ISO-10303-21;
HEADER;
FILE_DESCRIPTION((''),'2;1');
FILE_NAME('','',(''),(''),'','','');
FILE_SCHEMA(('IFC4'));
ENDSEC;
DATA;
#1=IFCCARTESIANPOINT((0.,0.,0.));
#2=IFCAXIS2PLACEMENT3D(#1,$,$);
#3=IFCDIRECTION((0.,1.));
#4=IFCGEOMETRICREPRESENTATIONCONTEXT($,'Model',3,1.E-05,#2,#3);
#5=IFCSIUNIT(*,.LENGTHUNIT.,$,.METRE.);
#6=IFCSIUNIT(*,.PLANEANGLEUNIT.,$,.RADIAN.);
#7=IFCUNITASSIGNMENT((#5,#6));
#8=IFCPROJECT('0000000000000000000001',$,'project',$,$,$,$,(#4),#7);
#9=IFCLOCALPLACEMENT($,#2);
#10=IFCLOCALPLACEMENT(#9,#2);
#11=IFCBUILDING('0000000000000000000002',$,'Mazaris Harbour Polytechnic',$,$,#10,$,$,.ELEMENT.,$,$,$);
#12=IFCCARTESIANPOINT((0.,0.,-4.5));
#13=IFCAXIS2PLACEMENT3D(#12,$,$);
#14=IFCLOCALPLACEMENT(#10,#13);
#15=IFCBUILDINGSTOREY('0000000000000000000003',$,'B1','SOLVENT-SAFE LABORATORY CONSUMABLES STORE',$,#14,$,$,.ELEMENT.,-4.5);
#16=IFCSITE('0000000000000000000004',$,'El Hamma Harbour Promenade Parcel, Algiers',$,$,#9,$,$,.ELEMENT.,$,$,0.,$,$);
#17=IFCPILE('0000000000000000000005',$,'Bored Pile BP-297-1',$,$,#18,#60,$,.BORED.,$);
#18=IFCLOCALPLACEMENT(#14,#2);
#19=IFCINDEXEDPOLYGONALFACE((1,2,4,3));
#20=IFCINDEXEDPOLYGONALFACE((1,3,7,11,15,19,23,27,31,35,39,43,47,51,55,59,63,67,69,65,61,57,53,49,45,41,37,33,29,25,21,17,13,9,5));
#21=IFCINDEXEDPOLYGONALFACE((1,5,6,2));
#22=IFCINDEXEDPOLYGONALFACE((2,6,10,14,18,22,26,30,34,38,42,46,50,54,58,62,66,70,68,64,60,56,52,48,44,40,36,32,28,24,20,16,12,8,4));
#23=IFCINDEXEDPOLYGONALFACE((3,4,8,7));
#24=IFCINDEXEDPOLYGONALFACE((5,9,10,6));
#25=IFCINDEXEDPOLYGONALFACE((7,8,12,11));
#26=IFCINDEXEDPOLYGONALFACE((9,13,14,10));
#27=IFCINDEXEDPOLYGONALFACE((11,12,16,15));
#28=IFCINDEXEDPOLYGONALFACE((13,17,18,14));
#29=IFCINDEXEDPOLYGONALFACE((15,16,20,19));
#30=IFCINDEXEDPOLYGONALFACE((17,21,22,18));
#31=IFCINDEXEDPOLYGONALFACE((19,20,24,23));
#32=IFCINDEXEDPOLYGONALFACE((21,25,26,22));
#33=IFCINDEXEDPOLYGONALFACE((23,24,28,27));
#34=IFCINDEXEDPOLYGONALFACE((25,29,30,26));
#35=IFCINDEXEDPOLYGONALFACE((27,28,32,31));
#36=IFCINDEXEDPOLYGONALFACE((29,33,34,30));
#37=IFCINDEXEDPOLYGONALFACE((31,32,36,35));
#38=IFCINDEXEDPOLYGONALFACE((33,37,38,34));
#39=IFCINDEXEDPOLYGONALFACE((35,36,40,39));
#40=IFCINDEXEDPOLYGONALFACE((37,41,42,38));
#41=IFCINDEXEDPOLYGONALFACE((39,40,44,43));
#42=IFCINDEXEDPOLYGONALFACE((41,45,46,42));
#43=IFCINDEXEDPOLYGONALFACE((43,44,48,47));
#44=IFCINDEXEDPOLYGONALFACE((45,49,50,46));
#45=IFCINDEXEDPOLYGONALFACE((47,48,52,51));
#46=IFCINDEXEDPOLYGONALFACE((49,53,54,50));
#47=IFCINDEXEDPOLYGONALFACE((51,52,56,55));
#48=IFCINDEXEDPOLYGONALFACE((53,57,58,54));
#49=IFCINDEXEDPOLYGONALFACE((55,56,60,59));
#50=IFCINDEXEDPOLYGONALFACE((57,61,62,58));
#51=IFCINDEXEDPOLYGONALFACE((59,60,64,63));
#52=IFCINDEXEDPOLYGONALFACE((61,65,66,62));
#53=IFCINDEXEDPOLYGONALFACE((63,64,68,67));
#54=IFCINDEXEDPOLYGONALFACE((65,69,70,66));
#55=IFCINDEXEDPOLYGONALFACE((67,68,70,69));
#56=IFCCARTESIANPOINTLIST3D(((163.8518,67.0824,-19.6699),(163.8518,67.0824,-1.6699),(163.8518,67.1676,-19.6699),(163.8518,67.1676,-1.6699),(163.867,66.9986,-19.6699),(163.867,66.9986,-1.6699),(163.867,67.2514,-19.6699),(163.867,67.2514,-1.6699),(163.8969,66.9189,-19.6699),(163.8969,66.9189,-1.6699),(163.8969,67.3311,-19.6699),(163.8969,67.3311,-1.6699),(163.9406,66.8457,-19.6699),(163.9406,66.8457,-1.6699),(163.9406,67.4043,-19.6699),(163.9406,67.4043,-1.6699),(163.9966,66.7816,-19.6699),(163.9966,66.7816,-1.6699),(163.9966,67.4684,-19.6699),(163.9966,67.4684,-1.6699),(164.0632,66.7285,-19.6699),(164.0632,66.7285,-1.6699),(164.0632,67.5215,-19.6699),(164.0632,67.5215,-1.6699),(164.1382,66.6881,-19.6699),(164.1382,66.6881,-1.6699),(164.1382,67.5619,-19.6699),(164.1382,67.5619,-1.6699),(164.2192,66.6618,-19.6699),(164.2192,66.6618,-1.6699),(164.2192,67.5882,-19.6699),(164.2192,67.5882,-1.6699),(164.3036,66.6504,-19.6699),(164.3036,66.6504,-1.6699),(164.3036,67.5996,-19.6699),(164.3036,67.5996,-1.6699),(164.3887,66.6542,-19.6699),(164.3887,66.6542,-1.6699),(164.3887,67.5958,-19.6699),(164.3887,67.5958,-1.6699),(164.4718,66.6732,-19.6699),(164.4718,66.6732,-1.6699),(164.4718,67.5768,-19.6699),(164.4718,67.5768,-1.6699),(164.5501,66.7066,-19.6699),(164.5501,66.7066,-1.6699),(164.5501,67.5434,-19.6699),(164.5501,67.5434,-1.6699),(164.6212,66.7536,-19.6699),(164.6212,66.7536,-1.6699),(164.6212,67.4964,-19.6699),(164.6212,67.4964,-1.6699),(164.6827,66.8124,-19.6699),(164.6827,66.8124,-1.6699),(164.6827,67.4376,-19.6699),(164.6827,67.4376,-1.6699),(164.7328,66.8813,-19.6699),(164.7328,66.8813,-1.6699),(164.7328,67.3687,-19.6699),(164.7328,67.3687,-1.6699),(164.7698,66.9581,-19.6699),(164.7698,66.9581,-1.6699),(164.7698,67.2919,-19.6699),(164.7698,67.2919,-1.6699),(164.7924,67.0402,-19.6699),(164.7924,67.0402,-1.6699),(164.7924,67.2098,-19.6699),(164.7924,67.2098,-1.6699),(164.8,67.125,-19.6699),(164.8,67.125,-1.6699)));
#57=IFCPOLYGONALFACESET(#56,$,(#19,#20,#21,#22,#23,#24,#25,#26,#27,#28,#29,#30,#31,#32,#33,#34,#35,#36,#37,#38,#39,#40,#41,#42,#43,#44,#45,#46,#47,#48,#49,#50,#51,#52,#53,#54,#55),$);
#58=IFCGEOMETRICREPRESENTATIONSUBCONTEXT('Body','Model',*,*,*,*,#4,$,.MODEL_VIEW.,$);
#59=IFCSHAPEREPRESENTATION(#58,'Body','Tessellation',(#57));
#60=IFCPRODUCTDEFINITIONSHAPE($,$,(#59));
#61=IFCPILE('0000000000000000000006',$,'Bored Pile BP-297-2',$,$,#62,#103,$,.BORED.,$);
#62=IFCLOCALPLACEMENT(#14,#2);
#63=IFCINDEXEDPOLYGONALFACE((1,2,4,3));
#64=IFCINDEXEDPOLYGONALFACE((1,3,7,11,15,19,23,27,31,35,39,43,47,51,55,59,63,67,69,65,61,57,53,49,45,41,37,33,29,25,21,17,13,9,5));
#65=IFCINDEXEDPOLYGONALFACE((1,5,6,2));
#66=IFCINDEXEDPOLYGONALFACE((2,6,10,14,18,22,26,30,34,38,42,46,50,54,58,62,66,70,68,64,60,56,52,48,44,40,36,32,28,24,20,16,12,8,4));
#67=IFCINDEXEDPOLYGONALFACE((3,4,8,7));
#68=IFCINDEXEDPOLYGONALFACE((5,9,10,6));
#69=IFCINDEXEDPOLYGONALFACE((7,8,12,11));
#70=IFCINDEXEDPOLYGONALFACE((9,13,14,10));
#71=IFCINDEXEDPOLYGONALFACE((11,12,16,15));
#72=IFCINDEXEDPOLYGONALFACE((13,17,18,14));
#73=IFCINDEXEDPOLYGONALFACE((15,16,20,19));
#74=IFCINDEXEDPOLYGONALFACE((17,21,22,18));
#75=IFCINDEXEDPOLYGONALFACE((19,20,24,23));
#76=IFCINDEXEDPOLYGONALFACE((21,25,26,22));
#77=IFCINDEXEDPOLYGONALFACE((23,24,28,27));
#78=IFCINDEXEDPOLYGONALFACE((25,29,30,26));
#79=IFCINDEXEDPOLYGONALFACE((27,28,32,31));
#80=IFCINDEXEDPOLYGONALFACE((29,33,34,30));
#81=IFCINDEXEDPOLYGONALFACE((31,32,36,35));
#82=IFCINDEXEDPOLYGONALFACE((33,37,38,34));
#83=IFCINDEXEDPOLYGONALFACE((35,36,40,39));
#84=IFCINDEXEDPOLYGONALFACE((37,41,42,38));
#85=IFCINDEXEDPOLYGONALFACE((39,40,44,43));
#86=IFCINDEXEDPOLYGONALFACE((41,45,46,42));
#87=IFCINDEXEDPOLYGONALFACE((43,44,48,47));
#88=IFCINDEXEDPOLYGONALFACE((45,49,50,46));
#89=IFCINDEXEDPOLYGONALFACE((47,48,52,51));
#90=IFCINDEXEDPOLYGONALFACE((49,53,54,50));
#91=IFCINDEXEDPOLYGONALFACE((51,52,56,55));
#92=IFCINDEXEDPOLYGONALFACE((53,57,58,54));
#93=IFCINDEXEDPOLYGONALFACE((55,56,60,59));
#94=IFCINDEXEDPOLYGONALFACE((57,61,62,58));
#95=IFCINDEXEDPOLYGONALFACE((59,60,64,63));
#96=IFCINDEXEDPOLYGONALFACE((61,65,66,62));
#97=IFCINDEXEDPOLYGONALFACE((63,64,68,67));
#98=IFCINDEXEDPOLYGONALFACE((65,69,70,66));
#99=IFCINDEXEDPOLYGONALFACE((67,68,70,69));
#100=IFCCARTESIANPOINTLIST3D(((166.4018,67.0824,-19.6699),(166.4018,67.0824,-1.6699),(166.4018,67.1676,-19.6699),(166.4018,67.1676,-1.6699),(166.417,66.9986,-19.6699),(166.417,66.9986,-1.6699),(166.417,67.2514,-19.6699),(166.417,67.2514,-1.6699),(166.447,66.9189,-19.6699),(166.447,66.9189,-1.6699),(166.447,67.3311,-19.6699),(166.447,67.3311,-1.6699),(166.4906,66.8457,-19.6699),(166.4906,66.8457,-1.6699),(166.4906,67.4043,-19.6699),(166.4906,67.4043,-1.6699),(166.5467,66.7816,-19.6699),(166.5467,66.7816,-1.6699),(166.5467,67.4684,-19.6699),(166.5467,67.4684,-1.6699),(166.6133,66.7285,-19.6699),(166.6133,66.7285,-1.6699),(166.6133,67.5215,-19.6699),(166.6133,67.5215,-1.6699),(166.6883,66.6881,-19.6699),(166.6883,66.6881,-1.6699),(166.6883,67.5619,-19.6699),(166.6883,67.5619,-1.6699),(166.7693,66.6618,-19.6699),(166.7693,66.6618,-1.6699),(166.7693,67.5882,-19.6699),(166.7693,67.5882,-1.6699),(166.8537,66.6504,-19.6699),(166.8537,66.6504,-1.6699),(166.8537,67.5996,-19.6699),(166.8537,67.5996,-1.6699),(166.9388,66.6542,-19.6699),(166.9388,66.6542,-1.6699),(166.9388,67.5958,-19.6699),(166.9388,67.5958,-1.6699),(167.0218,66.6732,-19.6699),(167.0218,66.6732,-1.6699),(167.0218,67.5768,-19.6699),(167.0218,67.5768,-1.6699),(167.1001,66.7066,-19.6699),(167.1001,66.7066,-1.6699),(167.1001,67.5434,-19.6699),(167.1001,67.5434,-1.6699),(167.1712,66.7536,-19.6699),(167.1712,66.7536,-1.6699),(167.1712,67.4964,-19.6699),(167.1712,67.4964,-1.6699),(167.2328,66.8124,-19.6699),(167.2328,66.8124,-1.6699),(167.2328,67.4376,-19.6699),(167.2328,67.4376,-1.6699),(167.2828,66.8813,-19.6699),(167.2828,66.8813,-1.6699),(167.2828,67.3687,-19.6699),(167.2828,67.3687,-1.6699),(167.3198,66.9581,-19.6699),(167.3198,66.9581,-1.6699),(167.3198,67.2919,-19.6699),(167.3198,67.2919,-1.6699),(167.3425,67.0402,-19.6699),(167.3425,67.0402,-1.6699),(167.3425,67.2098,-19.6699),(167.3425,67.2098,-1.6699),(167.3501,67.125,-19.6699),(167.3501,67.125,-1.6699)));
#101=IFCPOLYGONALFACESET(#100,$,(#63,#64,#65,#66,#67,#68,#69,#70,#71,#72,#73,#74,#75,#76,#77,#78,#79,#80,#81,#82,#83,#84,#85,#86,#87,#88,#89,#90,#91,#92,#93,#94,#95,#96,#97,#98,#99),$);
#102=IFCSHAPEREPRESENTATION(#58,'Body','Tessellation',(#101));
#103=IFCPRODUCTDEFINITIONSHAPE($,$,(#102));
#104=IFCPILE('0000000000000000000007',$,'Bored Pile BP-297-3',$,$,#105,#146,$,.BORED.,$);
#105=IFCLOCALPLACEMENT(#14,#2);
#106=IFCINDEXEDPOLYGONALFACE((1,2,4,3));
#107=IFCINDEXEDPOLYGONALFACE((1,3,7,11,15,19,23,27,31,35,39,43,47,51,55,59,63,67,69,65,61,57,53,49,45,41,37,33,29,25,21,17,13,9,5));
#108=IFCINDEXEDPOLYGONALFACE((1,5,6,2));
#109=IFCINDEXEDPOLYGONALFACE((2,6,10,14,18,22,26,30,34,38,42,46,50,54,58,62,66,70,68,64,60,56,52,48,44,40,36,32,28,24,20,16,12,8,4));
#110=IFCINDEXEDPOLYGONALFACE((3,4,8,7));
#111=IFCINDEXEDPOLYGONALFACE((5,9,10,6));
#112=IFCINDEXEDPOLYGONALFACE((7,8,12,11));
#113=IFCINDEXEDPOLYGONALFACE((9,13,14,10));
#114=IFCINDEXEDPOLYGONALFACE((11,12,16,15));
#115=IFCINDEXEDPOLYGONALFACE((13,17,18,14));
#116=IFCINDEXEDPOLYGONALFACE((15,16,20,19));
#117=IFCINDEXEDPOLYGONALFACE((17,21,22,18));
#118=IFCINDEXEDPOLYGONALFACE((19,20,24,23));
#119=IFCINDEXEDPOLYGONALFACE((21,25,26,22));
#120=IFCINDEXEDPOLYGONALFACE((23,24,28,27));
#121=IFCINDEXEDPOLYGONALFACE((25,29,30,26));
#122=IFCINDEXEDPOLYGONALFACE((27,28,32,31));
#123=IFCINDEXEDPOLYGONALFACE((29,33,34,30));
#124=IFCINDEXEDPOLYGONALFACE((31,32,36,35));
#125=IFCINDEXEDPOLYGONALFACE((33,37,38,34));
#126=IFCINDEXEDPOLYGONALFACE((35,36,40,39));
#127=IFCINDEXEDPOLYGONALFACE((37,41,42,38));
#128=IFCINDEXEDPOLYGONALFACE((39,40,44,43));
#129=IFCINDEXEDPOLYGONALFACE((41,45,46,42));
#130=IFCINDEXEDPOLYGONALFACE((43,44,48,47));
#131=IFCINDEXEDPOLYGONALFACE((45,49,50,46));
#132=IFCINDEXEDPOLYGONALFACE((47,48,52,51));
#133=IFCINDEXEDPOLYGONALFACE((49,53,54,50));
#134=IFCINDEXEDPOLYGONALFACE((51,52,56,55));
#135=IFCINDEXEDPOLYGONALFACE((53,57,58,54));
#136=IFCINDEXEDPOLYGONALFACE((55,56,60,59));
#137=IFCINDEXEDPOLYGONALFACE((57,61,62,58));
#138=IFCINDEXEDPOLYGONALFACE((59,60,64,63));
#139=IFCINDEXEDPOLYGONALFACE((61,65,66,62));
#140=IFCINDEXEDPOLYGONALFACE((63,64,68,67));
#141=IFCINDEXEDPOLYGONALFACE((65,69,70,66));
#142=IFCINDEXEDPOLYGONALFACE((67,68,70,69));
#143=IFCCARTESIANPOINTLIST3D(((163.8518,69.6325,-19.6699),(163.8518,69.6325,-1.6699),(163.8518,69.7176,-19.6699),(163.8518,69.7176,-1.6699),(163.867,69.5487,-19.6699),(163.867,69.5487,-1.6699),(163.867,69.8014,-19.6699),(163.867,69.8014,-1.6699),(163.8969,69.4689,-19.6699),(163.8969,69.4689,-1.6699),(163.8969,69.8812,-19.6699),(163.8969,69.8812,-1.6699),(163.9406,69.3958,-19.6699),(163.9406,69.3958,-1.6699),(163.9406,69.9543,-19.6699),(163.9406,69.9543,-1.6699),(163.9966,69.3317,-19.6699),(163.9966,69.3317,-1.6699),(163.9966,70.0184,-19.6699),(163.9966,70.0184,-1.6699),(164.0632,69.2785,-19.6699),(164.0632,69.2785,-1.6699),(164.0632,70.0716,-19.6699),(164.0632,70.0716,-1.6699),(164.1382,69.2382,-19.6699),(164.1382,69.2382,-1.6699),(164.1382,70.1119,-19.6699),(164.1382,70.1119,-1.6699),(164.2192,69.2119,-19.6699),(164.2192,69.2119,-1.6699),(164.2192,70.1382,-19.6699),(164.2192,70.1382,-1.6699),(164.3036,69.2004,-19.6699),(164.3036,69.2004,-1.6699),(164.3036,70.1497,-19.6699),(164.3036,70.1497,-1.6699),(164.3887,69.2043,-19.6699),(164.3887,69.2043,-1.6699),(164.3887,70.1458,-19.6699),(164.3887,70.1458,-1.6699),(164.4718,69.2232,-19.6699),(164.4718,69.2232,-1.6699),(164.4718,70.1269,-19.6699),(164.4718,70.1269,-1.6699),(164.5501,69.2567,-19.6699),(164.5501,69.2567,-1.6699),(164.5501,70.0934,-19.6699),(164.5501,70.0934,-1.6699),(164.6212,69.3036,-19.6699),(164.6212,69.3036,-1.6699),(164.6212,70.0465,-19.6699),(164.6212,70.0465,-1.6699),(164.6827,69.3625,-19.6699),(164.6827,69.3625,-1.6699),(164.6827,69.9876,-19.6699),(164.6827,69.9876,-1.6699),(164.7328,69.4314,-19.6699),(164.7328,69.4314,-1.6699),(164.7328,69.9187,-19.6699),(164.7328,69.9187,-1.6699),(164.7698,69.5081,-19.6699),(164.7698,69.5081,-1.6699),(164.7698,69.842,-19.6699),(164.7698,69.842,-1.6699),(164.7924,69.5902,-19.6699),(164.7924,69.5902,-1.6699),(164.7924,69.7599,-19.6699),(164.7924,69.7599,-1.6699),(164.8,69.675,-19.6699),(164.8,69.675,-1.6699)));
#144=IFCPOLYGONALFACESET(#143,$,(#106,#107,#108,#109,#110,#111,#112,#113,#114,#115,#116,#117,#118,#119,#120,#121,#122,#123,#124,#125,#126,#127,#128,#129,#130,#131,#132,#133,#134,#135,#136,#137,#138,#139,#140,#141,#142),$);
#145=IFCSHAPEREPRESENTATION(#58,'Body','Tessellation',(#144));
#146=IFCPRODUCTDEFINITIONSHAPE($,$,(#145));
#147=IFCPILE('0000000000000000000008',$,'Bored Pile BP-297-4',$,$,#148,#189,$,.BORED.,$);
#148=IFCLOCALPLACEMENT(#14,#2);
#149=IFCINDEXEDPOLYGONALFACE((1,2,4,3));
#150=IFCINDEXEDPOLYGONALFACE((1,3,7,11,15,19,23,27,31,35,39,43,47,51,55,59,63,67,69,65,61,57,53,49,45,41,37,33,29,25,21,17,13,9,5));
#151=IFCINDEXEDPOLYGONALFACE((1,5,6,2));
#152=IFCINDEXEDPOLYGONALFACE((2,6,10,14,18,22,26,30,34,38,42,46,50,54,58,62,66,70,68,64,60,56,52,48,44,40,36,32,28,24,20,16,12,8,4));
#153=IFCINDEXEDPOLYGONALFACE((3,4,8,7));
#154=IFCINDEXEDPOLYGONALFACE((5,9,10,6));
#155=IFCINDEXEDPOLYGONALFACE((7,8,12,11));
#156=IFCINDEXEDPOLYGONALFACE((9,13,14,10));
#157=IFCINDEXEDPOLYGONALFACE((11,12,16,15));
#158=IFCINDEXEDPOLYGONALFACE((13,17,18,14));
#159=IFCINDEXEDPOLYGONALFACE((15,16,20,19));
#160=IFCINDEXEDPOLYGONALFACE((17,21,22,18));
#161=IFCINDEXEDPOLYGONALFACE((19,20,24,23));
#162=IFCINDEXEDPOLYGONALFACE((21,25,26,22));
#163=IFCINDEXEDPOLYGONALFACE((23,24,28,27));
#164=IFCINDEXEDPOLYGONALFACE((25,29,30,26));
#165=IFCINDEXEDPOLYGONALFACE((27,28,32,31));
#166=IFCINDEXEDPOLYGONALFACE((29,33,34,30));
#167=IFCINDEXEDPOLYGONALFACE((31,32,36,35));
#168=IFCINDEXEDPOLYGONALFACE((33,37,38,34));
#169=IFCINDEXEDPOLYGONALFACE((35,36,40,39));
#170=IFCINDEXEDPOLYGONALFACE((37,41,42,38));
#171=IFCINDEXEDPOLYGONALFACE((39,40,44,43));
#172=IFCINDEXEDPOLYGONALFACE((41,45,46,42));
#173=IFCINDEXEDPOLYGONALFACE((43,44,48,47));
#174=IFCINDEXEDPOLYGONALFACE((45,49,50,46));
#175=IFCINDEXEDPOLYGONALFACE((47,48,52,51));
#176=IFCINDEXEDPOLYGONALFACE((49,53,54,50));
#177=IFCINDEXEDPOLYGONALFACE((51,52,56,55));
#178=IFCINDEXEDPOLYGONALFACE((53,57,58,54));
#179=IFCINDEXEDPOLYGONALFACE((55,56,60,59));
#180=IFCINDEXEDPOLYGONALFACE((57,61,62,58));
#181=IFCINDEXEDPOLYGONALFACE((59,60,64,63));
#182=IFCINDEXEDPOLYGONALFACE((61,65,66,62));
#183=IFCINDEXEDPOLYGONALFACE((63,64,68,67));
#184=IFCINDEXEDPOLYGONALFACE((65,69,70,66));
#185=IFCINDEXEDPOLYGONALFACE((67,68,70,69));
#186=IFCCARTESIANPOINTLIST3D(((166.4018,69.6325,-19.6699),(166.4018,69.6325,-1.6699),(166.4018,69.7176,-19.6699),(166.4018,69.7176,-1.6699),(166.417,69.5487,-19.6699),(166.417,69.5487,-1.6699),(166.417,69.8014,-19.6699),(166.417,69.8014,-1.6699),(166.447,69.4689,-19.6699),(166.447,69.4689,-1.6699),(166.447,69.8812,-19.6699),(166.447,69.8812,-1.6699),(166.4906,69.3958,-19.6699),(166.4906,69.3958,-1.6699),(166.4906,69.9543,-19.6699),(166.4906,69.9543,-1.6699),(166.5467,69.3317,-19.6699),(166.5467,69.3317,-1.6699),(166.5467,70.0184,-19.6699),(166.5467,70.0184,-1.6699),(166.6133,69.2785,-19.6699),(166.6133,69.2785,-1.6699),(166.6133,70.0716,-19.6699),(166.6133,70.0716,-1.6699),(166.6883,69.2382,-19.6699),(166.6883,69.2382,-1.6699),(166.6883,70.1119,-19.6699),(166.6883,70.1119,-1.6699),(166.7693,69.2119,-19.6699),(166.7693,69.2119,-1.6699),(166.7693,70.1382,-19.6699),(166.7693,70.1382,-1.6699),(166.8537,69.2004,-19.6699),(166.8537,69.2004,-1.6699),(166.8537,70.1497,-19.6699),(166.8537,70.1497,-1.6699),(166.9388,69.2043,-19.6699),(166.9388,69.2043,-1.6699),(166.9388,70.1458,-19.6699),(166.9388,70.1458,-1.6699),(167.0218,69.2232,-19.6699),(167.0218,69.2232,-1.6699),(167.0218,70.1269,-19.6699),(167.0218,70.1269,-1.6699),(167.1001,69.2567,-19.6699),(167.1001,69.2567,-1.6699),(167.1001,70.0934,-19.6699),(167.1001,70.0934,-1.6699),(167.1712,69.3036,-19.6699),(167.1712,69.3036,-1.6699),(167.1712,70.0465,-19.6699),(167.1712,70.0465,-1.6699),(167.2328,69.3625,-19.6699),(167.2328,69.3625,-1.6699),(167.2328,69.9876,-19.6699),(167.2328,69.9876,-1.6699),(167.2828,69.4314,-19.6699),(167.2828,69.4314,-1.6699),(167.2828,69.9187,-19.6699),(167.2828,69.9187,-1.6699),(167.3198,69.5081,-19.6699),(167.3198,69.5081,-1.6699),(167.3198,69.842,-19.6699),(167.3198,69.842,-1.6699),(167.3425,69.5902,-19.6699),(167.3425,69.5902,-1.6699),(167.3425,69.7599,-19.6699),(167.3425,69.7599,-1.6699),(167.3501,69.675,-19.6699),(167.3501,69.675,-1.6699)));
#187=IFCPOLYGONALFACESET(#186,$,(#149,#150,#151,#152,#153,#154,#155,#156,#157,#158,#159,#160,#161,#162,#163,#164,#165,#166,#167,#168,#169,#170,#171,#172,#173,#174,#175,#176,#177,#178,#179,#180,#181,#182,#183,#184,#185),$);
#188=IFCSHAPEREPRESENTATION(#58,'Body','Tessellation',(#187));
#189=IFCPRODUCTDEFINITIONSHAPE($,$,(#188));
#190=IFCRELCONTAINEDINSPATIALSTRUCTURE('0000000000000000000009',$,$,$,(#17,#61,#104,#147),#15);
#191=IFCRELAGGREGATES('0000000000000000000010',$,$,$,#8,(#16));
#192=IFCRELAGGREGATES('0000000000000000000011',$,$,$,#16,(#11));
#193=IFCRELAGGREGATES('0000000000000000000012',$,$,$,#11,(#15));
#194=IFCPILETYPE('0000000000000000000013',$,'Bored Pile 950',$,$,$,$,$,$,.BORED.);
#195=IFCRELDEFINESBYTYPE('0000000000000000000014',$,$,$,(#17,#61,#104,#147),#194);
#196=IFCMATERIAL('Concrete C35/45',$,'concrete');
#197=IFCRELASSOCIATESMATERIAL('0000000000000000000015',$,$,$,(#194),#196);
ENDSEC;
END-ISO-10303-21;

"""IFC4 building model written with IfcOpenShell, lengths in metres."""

from ifc_helpers import new_model, si_unit, direction, frame, origin, origin_2d, place, context, subcontext, project, spatial, circle, extrude, material, material_profile, profile_set, type_object, element, save


model = new_model("IFC4")

# Units and contexts
model_context = context("Model", 3, precision=1e-05, world=origin(), true_north=direction((0.0, 1.0)))
body_context = subcontext(model_context, "Body", "Model", "MODEL_VIEW")
ifc_project = project(units=[si_unit("LENGTHUNIT", "METRE"), si_unit("PLANEANGLEUNIT", "RADIAN")], contexts=[model_context])

# Site, building, storey
site_placement = place(None, origin())
site = spatial("IfcSite", under=ifc_project, at=site_placement, Name="El Hamma Harbour Promenade Parcel, Algiers", CompositionType="ELEMENT", RefElevation=0.0)
building_placement = place(site_placement, origin())
building = spatial("IfcBuilding", under=site, at=building_placement, Name="Mazaris Harbour Polytechnic", CompositionType="ELEMENT")
storey_placement = place(building_placement, frame((0.0, 0.0, -4.5)))
storey = spatial("IfcBuildingStorey", under=building, at=storey_placement, Name="B1", Description="SOLVENT-SAFE LABORATORY CONSUMABLES STORE", CompositionType="ELEMENT", Elevation=-4.5)

# Piles
ifc_material_1 = material(Name="Concrete C35/45", Category="concrete")
ifc_material_profile_1 = material_profile(ifc_material_1, circle(Radius=0.4751, at=origin_2d()), Name="DIA950")
ifc_profile_set_1 = profile_set([ifc_material_profile_1], Name="Concrete C35/45")
pile_type_1 = type_object("IfcPileType", Name="Bored Pile 950", PredefinedType="BORED", material=ifc_profile_set_1)
for number, where, z_axis, x_axis, name in (
    (1, (164.325, 67.125, -1.6699), (0.0, 0.0, -1.0), (1.0, 0.0, 0.0), "Bored Pile BP-297-1"),
    (2, (166.875, 67.125, -1.6699), (0.0, 0.0, -1.0), (1.0, 0.0, 0.0), "Bored Pile BP-297-2"),
    (3, (164.325, 69.675, -1.6699), (0.0, 0.0, -1.0), (1.0, 0.0, 0.0), "Bored Pile BP-297-3"),
    (4, (166.875, 69.675, -1.6699), (0.0, 0.0, -1.0), (1.0, 0.0, 0.0), "Bored Pile BP-297-4"),
):
    element("IfcPile", number, at=place(storey_placement, frame(where, z_axis=z_axis, x_axis=x_axis)), inside=storey, type_object=pile_type_1, Name=name, PredefinedType="BORED", context=body_context, shape_type="SweptSolid", body=[
        extrude(circle(Radius=0.4751, at=origin_2d()), origin(), (0.0, 0.0, 1.0), 18.0),
    ])

save(model, "model.ifc")
